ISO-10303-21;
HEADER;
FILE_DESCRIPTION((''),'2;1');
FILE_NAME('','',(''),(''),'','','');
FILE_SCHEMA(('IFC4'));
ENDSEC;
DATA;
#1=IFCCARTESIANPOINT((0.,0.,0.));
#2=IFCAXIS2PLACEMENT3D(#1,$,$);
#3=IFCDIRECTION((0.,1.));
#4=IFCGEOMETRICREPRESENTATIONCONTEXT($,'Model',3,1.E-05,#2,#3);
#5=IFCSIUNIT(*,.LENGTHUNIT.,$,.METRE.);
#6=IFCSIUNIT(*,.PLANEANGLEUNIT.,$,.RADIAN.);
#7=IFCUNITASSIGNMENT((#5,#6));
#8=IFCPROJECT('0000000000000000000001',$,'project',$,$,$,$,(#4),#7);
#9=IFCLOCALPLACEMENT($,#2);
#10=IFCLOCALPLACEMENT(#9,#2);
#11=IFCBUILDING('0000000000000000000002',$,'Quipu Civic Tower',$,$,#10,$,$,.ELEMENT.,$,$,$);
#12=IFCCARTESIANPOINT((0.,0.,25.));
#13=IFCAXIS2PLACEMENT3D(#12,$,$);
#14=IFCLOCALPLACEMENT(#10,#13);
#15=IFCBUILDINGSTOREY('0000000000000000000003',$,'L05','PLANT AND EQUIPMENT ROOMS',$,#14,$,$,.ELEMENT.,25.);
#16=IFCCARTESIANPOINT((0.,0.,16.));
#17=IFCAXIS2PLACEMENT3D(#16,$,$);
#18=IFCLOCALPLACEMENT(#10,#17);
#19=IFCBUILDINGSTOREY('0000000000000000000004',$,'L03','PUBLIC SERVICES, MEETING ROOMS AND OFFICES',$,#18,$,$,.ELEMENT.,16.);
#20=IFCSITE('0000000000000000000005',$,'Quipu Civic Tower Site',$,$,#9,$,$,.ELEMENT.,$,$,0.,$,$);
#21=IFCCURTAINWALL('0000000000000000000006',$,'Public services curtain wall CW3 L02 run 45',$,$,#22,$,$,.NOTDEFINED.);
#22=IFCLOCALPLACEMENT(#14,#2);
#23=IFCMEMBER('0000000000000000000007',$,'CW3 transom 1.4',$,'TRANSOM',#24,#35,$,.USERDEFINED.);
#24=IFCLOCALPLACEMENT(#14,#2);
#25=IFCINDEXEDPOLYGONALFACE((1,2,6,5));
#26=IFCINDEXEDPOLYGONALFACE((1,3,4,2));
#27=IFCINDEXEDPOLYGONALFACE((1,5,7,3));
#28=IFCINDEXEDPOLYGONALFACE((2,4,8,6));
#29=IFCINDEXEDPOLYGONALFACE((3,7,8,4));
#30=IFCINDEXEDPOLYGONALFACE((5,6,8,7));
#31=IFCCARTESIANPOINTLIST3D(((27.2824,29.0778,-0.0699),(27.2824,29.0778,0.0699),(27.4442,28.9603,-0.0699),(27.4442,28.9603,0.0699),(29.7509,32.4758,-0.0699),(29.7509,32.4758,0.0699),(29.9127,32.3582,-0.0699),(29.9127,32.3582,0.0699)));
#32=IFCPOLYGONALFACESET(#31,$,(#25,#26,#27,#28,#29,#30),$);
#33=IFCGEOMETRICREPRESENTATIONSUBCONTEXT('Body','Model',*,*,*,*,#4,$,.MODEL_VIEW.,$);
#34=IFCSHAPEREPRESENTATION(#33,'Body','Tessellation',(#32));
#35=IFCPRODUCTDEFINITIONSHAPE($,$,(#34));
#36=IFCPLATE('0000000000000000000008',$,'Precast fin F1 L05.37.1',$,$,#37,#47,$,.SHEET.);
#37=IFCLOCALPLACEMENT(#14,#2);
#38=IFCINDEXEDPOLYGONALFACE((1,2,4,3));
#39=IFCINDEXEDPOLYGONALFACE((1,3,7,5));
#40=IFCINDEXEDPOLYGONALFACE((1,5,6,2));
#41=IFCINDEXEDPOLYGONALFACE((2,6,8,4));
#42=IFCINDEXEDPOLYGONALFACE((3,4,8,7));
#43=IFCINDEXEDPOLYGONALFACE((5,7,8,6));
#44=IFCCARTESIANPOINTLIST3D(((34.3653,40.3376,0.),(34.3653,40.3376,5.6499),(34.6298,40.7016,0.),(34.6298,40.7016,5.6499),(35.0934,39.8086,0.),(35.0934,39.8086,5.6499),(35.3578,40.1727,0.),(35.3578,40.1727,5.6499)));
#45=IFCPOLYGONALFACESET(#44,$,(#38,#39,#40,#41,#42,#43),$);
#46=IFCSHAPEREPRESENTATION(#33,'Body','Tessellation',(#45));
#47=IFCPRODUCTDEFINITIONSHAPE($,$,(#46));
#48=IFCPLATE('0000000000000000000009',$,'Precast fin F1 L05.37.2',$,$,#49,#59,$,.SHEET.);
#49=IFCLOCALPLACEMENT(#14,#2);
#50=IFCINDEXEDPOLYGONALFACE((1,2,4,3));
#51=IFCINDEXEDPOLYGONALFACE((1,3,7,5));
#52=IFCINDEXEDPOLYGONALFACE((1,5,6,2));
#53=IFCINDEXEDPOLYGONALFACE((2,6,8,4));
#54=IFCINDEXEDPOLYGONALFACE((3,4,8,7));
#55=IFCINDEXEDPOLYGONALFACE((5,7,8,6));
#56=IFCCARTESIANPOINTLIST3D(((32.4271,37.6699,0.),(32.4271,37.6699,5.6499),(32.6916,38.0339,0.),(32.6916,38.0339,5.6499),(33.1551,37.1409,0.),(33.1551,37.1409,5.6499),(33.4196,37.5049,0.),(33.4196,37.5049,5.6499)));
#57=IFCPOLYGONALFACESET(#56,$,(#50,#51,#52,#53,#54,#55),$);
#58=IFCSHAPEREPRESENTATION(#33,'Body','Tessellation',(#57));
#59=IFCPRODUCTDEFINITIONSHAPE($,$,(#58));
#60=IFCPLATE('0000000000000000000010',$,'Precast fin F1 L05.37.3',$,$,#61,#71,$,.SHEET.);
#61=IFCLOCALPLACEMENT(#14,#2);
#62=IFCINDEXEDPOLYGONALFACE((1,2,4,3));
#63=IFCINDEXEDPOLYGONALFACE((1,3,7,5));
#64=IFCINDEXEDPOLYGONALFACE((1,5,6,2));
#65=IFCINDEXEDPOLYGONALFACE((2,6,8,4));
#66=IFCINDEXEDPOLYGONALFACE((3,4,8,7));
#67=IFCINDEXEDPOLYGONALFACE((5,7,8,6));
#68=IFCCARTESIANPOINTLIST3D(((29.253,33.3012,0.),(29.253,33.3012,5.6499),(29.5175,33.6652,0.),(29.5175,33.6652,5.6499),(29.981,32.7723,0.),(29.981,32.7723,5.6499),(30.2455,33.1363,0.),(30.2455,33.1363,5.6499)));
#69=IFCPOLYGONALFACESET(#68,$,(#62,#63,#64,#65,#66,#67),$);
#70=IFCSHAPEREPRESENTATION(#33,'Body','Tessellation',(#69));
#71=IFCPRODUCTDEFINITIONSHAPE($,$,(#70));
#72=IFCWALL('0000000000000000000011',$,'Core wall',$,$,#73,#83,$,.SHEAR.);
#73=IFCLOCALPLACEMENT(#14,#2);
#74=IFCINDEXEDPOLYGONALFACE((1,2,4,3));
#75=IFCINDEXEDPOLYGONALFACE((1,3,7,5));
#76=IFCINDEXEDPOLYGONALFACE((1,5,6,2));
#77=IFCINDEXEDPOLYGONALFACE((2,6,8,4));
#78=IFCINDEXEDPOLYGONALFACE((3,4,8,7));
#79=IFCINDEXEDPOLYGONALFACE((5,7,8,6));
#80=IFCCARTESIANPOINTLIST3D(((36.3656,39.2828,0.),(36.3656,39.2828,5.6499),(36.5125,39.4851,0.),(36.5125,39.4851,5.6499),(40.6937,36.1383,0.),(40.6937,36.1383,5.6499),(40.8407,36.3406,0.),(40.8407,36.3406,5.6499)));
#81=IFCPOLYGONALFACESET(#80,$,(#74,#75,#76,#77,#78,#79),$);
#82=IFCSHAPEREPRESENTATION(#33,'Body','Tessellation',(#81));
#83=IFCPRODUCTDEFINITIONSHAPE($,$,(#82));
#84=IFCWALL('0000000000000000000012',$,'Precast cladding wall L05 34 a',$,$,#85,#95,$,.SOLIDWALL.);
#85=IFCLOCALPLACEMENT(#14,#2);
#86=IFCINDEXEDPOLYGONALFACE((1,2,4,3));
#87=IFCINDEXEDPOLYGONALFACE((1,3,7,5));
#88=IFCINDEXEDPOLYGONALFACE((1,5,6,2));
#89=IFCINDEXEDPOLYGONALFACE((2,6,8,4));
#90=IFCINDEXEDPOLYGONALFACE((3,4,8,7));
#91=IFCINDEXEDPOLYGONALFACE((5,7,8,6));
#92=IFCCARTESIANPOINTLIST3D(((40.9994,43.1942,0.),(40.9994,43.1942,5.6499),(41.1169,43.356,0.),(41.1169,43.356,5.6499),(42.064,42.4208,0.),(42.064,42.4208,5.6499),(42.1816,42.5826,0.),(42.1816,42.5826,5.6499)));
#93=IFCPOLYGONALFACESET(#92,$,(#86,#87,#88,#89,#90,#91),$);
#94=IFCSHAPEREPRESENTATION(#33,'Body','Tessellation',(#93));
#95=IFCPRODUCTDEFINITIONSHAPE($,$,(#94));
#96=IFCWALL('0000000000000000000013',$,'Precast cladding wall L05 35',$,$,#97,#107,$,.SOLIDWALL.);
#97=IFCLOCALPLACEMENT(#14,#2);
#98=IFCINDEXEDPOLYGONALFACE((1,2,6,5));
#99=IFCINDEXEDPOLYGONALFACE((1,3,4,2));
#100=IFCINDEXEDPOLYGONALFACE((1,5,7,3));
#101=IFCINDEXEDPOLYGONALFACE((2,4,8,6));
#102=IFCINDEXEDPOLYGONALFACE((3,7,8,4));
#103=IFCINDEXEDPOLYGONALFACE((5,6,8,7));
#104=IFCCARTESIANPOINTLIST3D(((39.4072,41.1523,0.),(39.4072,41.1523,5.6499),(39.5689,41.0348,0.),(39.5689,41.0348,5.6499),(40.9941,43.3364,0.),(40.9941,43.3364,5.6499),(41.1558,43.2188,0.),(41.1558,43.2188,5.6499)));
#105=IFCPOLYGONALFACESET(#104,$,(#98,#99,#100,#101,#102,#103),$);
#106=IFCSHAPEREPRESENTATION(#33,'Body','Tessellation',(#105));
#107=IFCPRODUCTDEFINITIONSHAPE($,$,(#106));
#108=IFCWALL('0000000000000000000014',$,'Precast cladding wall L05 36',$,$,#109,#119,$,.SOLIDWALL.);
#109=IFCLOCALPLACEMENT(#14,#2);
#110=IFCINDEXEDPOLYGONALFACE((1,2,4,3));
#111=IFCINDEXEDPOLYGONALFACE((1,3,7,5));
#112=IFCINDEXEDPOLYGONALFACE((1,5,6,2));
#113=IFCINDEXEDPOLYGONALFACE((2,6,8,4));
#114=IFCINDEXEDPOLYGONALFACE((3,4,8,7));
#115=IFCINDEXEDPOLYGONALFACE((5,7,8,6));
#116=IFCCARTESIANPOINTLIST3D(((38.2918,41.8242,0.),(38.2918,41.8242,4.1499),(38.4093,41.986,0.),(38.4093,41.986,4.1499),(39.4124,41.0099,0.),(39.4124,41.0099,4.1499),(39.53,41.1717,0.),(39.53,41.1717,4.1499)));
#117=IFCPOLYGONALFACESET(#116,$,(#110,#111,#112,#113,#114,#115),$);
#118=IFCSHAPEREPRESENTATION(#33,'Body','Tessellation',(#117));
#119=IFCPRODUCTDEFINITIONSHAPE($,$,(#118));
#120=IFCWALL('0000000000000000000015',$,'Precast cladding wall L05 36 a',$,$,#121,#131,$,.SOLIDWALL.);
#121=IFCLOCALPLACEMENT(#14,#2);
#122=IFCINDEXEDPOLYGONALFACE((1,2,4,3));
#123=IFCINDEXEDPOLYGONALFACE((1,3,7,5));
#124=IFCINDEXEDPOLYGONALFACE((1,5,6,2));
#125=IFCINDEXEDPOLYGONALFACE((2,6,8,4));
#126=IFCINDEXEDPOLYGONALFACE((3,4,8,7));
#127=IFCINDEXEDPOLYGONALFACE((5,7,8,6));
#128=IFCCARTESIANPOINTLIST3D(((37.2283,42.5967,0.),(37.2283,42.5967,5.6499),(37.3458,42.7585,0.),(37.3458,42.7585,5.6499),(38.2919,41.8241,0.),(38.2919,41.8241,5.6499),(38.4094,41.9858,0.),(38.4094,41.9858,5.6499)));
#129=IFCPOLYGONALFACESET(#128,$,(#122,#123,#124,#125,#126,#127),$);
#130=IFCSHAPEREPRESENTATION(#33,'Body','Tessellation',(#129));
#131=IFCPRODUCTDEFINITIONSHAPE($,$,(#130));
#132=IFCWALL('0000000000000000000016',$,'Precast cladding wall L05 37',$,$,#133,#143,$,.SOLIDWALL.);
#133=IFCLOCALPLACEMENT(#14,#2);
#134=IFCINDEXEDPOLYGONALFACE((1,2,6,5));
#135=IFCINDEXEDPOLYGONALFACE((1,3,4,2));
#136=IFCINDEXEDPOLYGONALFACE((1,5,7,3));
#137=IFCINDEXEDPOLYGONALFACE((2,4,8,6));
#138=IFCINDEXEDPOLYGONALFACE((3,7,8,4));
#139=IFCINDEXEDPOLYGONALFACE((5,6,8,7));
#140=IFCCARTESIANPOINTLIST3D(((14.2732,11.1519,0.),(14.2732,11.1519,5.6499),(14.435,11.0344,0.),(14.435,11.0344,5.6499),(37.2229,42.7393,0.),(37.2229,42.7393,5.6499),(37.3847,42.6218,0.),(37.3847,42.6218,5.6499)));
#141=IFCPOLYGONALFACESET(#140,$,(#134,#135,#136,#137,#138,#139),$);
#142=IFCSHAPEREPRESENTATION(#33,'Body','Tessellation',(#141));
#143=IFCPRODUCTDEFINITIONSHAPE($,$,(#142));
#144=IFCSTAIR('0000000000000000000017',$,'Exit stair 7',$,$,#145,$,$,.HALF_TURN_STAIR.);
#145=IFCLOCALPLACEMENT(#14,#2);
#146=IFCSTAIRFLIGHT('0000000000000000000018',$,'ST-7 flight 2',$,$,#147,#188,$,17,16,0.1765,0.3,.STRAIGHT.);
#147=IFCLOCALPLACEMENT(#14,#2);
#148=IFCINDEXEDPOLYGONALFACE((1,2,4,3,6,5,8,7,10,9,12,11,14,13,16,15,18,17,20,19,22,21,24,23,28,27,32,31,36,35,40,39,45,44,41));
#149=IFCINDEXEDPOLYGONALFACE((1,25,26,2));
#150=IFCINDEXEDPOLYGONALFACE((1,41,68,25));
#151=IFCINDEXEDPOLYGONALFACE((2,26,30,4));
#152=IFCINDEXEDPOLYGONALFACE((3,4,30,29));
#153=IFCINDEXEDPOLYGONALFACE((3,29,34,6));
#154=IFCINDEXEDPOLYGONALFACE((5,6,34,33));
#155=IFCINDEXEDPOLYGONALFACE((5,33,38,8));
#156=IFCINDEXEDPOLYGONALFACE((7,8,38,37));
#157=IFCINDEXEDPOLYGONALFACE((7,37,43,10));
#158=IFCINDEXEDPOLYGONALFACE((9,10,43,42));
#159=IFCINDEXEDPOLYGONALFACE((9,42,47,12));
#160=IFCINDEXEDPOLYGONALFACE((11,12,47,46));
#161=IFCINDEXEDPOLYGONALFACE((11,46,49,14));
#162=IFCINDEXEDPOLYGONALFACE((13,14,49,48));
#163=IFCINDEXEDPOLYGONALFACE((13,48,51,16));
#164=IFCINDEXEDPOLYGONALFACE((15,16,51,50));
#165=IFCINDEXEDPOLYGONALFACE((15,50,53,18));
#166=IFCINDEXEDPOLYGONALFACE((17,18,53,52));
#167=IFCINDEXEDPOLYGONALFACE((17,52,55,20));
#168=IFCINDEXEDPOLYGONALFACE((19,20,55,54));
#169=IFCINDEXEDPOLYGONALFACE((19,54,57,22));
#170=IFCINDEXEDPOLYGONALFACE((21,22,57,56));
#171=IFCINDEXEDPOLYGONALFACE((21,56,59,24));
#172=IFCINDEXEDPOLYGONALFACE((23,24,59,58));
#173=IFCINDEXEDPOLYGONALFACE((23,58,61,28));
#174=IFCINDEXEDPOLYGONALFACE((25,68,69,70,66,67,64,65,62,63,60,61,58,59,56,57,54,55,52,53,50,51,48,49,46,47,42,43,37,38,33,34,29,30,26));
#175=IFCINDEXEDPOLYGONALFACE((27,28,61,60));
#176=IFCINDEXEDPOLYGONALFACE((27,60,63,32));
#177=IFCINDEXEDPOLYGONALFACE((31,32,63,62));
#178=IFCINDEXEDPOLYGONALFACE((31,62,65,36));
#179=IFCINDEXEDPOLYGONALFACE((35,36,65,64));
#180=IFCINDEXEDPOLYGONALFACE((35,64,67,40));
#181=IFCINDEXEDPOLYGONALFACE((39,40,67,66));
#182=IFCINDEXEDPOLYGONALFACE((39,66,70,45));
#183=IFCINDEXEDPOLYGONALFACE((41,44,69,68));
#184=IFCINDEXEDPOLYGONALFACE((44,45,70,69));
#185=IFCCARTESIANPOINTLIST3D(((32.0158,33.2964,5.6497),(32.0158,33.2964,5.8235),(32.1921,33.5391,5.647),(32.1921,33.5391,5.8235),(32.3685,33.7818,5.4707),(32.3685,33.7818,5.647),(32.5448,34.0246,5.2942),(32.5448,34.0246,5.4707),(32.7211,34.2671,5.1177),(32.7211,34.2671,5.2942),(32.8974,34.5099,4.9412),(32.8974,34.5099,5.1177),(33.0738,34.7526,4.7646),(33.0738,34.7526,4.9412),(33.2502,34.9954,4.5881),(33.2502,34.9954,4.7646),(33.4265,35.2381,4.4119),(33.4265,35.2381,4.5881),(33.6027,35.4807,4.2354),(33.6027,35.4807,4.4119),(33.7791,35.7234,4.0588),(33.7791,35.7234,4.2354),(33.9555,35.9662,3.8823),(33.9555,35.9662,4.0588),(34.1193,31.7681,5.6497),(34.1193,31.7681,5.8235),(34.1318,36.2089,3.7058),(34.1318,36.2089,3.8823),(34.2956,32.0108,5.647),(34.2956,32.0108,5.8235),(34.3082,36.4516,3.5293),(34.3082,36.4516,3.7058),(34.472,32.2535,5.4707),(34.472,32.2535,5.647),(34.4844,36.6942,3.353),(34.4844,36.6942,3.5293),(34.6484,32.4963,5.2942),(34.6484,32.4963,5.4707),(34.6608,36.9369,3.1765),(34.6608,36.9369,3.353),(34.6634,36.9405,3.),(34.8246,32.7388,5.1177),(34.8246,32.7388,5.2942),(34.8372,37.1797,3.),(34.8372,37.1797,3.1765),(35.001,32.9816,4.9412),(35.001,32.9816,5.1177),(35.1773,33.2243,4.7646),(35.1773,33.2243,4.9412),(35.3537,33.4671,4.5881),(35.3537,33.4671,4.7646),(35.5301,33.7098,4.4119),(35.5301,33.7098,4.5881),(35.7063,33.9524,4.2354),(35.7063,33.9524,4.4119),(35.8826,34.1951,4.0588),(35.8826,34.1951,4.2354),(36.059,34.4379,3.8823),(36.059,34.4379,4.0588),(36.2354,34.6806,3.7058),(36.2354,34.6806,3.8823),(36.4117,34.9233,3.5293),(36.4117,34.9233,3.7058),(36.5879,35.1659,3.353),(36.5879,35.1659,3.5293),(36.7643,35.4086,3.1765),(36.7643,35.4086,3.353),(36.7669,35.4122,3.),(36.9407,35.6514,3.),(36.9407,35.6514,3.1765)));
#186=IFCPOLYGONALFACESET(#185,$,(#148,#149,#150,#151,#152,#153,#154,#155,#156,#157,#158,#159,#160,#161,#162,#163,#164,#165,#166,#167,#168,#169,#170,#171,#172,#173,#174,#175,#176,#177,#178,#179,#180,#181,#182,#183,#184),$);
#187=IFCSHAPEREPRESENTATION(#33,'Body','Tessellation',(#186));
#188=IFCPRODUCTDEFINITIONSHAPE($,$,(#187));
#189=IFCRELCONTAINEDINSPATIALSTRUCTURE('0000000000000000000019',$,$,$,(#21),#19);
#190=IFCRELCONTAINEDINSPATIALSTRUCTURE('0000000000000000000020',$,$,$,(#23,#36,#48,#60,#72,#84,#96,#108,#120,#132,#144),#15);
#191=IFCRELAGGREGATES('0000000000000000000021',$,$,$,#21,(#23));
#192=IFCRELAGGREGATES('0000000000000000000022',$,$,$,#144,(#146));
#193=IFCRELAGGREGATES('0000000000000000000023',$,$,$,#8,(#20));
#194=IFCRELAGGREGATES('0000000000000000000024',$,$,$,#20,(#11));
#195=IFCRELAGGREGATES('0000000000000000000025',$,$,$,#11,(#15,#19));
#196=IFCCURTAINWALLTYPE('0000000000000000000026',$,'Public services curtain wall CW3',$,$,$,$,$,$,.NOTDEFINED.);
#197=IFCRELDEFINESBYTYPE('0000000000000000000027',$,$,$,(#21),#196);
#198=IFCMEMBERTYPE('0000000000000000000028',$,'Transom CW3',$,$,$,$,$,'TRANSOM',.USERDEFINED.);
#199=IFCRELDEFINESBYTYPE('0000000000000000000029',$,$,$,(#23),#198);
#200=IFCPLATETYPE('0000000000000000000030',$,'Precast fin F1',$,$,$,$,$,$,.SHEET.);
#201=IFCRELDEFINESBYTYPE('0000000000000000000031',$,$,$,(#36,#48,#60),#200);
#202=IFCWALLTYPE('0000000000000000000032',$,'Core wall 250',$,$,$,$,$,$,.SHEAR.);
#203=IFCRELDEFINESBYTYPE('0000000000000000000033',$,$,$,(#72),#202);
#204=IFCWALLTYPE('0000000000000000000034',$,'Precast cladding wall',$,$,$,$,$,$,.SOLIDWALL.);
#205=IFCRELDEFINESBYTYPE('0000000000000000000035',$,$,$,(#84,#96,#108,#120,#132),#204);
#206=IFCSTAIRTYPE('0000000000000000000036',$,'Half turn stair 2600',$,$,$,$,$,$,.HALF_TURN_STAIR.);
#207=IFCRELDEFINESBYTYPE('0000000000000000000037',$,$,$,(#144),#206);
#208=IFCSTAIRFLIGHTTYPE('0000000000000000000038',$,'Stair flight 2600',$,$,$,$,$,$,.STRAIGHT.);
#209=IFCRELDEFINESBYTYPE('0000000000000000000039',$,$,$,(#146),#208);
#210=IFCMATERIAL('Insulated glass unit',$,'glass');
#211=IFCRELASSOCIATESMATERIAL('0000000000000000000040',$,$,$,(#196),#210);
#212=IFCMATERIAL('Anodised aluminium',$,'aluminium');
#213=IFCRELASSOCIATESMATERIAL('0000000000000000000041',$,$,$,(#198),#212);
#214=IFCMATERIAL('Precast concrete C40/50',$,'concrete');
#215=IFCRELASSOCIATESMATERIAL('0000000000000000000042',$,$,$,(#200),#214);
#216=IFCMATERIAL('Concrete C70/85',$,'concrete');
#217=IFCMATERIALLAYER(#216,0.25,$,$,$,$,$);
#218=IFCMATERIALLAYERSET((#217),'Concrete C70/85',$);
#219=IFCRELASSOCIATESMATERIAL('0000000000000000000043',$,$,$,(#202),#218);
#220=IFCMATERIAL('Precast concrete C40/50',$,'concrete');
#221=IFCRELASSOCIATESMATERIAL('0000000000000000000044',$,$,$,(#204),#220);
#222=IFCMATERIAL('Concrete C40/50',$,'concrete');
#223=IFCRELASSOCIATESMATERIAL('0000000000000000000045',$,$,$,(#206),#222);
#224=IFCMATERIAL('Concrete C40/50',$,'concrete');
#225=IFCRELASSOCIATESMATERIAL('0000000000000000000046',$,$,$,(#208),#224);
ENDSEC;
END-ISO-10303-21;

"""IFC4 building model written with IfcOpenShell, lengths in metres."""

from ifc_helpers import new_model, si_unit, direction, frame, frame_2d, origin, origin_2d, place, context, subcontext, project, spatial, polyline, rectangle, outline, extrude, material, layer, layer_set, material_profile, profile_set, type_object, element, aggregate, save


model = new_model("IFC4")

# Units and contexts
model_context = context("Model", 3, precision=1e-05, world=origin(), true_north=direction((0.0, 1.0)))
body_context = subcontext(model_context, "Body", "Model", "MODEL_VIEW")
ifc_project = project(units=[si_unit("LENGTHUNIT", "METRE"), si_unit("PLANEANGLEUNIT", "RADIAN")], contexts=[model_context])

# Site, building, storey
site_placement = place(None, origin())
site = spatial("IfcSite", under=ifc_project, at=site_placement, Name="Quipu Civic Tower Site", CompositionType="ELEMENT", RefElevation=0.0)
building_placement = place(site_placement, origin())
building = spatial("IfcBuilding", under=site, at=building_placement, Name="Quipu Civic Tower", CompositionType="ELEMENT")
storey_1_placement = place(building_placement, frame((0.0, 0.0, 25.0)))
storey_1 = spatial("IfcBuildingStorey", under=building, at=storey_1_placement, Name="L05", Description="PLANT AND EQUIPMENT ROOMS", CompositionType="ELEMENT", Elevation=25.0)

# Shared definitions
storey_2_placement = place(building_placement, frame((0.0, 0.0, 16.0)))
storey_2 = spatial("IfcBuildingStorey", under=building, at=storey_2_placement, Name="L03", Description="PUBLIC SERVICES, MEETING ROOMS AND OFFICES", CompositionType="ELEMENT", Elevation=16.0)

# Curtain wall, member
ifc_material_1 = material(Name="Insulated glass unit", Category="glass")
curtain_wall_type = type_object("IfcCurtainWallType", Name="Public services curtain wall CW3", PredefinedType="NOTDEFINED", material=ifc_material_1)
ifc_material_2 = material(Name="Anodised aluminium", Category="aluminium")
ifc_material_profile_1 = material_profile(ifc_material_2, rectangle(XDim=0.2, YDim=0.1399, at=origin_2d()), Name="RECT 200x140")
ifc_profile_set_1 = profile_set([ifc_material_profile_1], Name="Anodised aluminium")
member_type_1 = type_object("IfcMemberType", Name="Transom CW3", ElementType="TRANSOM", PredefinedType="USERDEFINED", material=ifc_profile_set_1)
curtain_wall_1_placement = place(storey_2_placement, origin())
curtain_wall_1 = element("IfcCurtainWall", 1, at=curtain_wall_1_placement, inside=storey_2, type_object=curtain_wall_type, Name="Public services curtain wall CW3 L02 run 45", PredefinedType="NOTDEFINED")
member_1_placement = place(storey_1_placement, frame((29.8318, 32.417, 0.0), z_axis=(-0.587746, -0.809045, 0.0), x_axis=(0.809045, -0.587746, 0.0)))
member_1 = element("IfcMember", 2, at=member_1_placement, inside=storey_1, type_object=member_type_1, Name="CW3 transom 1.4", ObjectType="TRANSOM", PredefinedType="USERDEFINED", context=body_context, shape_type="SweptSolid", body=[
    extrude(rectangle(XDim=0.2, YDim=0.1399, at=origin_2d()), origin(), (0.0, 0.0, 1.0), 4.2),
])
aggregate(curtain_wall_1, [member_1])

# Plates
ifc_material_3 = material(Name="Precast concrete C40/50", Category="concrete")
plate_type = type_object("IfcPlateType", Name="Precast fin F1", PredefinedType="SHEET", material=ifc_material_3)
for number, where, z_axis, x_axis, name in (
    (3, (34.8616, 40.2551, 0.0), (0.0, 0.0, 1.0), (-0.587785, -0.809017, 0.0), "Precast fin F1 L05.37.1"),
    (4, (32.9233, 37.5874, 0.0), (0.0, 0.0, 1.0), (-0.587785, -0.809017, 0.0), "Precast fin F1 L05.37.2"),
    (5, (29.7493, 33.2188, 0.0), (0.0, 0.0, 1.0), (-0.587785, -0.809017, 0.0), "Precast fin F1 L05.37.3"),
):
    element("IfcPlate", number, at=place(storey_1_placement, frame(where, z_axis=z_axis, x_axis=x_axis)), inside=storey_1, type_object=plate_type, Name=name, PredefinedType="SHEET", context=body_context, shape_type="SweptSolid", body=[
        extrude(rectangle(XDim=0.45, YDim=0.8999, at=origin_2d()), origin(), (0.0, 0.0, 1.0), 5.6499),
    ])

# Walls
ifc_material_4 = material(Name="Concrete C70/85", Category="concrete")
ifc_layer = layer(ifc_material_4, 0.25)
ifc_layer_set = layer_set([ifc_layer], Name="Concrete C70/85")
wall_type_1 = type_object("IfcWallType", Name="Core wall 250", PredefinedType="SHEAR", material=ifc_layer_set)
wall_1_placement = place(storey_1_placement, frame((40.7671, 36.2395, 0.0), z_axis=(0.0, 0.0, 1.0), x_axis=(-0.80902, 0.587781, 0.0)))
element("IfcWall", 6, at=wall_1_placement, inside=storey_1, type_object=wall_type_1, Name="Core wall", PredefinedType="SHEAR", context=body_context, shape_type="SweptSolid", body=[
    extrude(rectangle(XDim=5.3499, YDim=0.25, at=frame_2d((2.6748, 0.0))), origin(), (0.0, 0.0, 1.0), 5.6499),
])
ifc_material_5 = material(Name="Precast concrete C40/50", Category="concrete")
wall_type_2 = type_object("IfcWallType", Name="Precast cladding wall", PredefinedType="SOLIDWALL", material=ifc_material_5)
wall_2_placement = place(storey_1_placement, frame((42.1228, 42.5017, 0.0), z_axis=(0.0, 0.0, 1.0), x_axis=(-0.809057, 0.58773, 0.0)))
element("IfcWall", 7, at=wall_2_placement, inside=storey_1, type_object=wall_type_2, Name="Precast cladding wall L05 34 a", PredefinedType="SOLIDWALL", context=body_context, shape_type="SweptSolid", body=[
    extrude(rectangle(XDim=1.3159, YDim=0.2, at=frame_2d((0.658, 0.0))), origin(), (0.0, 0.0, 1.0), 5.6499),
])
wall_3_placement = place(storey_1_placement, frame((41.075, 43.2776, 0.0), z_axis=(0.0, 0.0, 1.0), x_axis=(-0.587806, -0.809002, 0.0)))
element("IfcWall", 8, at=wall_3_placement, inside=storey_1, type_object=wall_type_2, Name="Precast cladding wall L05 35", PredefinedType="SOLIDWALL", context=body_context, shape_type="SweptSolid", body=[
    extrude(rectangle(XDim=2.6997, YDim=0.2, at=frame_2d((1.3499, 0.0))), origin(), (0.0, 0.0, 1.0), 5.6499),
])
wall_4_placement = place(storey_1_placement, frame((39.4712, 41.0908, 0.0), z_axis=(0.0, 0.0, 1.0), x_axis=(-0.809003, 0.587805, 0.0)))
element("IfcWall", 9, at=wall_4_placement, inside=storey_1, type_object=wall_type_2, Name="Precast cladding wall L05 36", PredefinedType="SOLIDWALL", context=body_context, shape_type="SweptSolid", body=[
    extrude(rectangle(XDim=1.3853, YDim=0.2, at=frame_2d((0.6926, 0.0))), origin(), (0.0, 0.0, 1.0), 4.1499),
])
wall_5_placement = place(storey_1_placement, frame((38.3506, 41.905, 0.0), z_axis=(0.0, 0.0, 1.0), x_axis=(-0.809065, 0.587719, 0.0)))
element("IfcWall", 10, at=wall_5_placement, inside=storey_1, type_object=wall_type_2, Name="Precast cladding wall L05 36 a", PredefinedType="SOLIDWALL", context=body_context, shape_type="SweptSolid", body=[
    extrude(rectangle(XDim=1.3147, YDim=0.2, at=frame_2d((0.6572, 0.0))), origin(), (0.0, 0.0, 1.0), 5.6499),
])
wall_6_placement = place(storey_1_placement, frame((37.3037, 42.6804, 0.0), z_axis=(0.0, 0.0, 1.0), x_axis=(-0.587787, -0.809016, 0.0)))
element("IfcWall", 11, at=wall_6_placement, inside=storey_1, type_object=wall_type_2, Name="Precast cladding wall L05 37", PredefinedType="SOLIDWALL", context=body_context, shape_type="SweptSolid", body=[
    extrude(rectangle(XDim=39.0442, YDim=0.2, at=frame_2d((19.522, 0.0))), origin(), (0.0, 0.0, 1.0), 5.6499),
])

# Stair, stair flight
ifc_material_6 = material(Name="Concrete C40/50", Category="concrete")
stair_type = type_object("IfcStairType", Name="Half turn stair 2600", PredefinedType="HALF_TURN_STAIR", material=ifc_material_6)
stair_placement = place(storey_1_placement, origin())
stair = element("IfcStair", 12, at=stair_placement, inside=storey_1, type_object=stair_type, Name="Exit stair 7", PredefinedType="HALF_TURN_STAIR")
ifc_material_7 = material(Name="Concrete C40/50", Category="concrete")
stair_flight_type = type_object("IfcStairFlightType", Name="Stair flight 2600", PredefinedType="STRAIGHT", material=ifc_material_7)
stair_flight_placement = place(storey_1_placement, frame((35.8889, 36.4155, 3.0), z_axis=(0.0, 0.0, 1.0), x_axis=(-0.587785, -0.809017, 0.0)))
stair_flight = element("IfcStairFlight", 13, at=stair_flight_placement, type_object=stair_flight_type, Name="ST-7 flight 2", NumberOfRisers=17, NumberOfTreads=16, PredefinedType="STRAIGHT", RiserHeight=0.1765, TreadLength=0.3, context=body_context, shape_type="SweptSolid", body=[
    extrude(outline(polyline([(0.0, 0.0), (0.0, 0.1765), (0.3, 0.1765), (0.3, 0.353), (0.6001, 0.353), (0.6001, 0.5293), (0.8999, 0.5293), (0.8999, 0.7058), (1.2, 0.7058), (1.2, 0.8823), (1.5, 0.8823), (1.5, 1.0588), (1.8, 1.0588), (1.8, 1.2354), (2.1001, 1.2354), (2.1001, 1.4119), (2.3999, 1.4119), (2.3999, 1.5881), (2.7, 1.5881), (2.7, 1.7646), (3.0, 1.7646), (3.0, 1.9412), (3.3, 1.9412), (3.3, 2.1177), (3.6001, 2.1177), (3.6001, 2.2942), (3.8999, 2.2942), (3.8999, 2.4707), (4.2, 2.4707), (4.2, 2.647), (4.5, 2.647), (4.5, 2.8235), (4.8, 2.8235), (4.8, 3.0), (4.8, 2.6497), (0.2957, 0.0), (0.0, 0.0)])), frame((0.0, 1.3, 0.0), z_axis=(0.0, -1.0, 0.0), x_axis=(1.0, 0.0, 0.0)), (0.0, 0.0, 1.0), 2.6001),
])
aggregate(stair, [stair_flight])

save(model, "model.ifc")
